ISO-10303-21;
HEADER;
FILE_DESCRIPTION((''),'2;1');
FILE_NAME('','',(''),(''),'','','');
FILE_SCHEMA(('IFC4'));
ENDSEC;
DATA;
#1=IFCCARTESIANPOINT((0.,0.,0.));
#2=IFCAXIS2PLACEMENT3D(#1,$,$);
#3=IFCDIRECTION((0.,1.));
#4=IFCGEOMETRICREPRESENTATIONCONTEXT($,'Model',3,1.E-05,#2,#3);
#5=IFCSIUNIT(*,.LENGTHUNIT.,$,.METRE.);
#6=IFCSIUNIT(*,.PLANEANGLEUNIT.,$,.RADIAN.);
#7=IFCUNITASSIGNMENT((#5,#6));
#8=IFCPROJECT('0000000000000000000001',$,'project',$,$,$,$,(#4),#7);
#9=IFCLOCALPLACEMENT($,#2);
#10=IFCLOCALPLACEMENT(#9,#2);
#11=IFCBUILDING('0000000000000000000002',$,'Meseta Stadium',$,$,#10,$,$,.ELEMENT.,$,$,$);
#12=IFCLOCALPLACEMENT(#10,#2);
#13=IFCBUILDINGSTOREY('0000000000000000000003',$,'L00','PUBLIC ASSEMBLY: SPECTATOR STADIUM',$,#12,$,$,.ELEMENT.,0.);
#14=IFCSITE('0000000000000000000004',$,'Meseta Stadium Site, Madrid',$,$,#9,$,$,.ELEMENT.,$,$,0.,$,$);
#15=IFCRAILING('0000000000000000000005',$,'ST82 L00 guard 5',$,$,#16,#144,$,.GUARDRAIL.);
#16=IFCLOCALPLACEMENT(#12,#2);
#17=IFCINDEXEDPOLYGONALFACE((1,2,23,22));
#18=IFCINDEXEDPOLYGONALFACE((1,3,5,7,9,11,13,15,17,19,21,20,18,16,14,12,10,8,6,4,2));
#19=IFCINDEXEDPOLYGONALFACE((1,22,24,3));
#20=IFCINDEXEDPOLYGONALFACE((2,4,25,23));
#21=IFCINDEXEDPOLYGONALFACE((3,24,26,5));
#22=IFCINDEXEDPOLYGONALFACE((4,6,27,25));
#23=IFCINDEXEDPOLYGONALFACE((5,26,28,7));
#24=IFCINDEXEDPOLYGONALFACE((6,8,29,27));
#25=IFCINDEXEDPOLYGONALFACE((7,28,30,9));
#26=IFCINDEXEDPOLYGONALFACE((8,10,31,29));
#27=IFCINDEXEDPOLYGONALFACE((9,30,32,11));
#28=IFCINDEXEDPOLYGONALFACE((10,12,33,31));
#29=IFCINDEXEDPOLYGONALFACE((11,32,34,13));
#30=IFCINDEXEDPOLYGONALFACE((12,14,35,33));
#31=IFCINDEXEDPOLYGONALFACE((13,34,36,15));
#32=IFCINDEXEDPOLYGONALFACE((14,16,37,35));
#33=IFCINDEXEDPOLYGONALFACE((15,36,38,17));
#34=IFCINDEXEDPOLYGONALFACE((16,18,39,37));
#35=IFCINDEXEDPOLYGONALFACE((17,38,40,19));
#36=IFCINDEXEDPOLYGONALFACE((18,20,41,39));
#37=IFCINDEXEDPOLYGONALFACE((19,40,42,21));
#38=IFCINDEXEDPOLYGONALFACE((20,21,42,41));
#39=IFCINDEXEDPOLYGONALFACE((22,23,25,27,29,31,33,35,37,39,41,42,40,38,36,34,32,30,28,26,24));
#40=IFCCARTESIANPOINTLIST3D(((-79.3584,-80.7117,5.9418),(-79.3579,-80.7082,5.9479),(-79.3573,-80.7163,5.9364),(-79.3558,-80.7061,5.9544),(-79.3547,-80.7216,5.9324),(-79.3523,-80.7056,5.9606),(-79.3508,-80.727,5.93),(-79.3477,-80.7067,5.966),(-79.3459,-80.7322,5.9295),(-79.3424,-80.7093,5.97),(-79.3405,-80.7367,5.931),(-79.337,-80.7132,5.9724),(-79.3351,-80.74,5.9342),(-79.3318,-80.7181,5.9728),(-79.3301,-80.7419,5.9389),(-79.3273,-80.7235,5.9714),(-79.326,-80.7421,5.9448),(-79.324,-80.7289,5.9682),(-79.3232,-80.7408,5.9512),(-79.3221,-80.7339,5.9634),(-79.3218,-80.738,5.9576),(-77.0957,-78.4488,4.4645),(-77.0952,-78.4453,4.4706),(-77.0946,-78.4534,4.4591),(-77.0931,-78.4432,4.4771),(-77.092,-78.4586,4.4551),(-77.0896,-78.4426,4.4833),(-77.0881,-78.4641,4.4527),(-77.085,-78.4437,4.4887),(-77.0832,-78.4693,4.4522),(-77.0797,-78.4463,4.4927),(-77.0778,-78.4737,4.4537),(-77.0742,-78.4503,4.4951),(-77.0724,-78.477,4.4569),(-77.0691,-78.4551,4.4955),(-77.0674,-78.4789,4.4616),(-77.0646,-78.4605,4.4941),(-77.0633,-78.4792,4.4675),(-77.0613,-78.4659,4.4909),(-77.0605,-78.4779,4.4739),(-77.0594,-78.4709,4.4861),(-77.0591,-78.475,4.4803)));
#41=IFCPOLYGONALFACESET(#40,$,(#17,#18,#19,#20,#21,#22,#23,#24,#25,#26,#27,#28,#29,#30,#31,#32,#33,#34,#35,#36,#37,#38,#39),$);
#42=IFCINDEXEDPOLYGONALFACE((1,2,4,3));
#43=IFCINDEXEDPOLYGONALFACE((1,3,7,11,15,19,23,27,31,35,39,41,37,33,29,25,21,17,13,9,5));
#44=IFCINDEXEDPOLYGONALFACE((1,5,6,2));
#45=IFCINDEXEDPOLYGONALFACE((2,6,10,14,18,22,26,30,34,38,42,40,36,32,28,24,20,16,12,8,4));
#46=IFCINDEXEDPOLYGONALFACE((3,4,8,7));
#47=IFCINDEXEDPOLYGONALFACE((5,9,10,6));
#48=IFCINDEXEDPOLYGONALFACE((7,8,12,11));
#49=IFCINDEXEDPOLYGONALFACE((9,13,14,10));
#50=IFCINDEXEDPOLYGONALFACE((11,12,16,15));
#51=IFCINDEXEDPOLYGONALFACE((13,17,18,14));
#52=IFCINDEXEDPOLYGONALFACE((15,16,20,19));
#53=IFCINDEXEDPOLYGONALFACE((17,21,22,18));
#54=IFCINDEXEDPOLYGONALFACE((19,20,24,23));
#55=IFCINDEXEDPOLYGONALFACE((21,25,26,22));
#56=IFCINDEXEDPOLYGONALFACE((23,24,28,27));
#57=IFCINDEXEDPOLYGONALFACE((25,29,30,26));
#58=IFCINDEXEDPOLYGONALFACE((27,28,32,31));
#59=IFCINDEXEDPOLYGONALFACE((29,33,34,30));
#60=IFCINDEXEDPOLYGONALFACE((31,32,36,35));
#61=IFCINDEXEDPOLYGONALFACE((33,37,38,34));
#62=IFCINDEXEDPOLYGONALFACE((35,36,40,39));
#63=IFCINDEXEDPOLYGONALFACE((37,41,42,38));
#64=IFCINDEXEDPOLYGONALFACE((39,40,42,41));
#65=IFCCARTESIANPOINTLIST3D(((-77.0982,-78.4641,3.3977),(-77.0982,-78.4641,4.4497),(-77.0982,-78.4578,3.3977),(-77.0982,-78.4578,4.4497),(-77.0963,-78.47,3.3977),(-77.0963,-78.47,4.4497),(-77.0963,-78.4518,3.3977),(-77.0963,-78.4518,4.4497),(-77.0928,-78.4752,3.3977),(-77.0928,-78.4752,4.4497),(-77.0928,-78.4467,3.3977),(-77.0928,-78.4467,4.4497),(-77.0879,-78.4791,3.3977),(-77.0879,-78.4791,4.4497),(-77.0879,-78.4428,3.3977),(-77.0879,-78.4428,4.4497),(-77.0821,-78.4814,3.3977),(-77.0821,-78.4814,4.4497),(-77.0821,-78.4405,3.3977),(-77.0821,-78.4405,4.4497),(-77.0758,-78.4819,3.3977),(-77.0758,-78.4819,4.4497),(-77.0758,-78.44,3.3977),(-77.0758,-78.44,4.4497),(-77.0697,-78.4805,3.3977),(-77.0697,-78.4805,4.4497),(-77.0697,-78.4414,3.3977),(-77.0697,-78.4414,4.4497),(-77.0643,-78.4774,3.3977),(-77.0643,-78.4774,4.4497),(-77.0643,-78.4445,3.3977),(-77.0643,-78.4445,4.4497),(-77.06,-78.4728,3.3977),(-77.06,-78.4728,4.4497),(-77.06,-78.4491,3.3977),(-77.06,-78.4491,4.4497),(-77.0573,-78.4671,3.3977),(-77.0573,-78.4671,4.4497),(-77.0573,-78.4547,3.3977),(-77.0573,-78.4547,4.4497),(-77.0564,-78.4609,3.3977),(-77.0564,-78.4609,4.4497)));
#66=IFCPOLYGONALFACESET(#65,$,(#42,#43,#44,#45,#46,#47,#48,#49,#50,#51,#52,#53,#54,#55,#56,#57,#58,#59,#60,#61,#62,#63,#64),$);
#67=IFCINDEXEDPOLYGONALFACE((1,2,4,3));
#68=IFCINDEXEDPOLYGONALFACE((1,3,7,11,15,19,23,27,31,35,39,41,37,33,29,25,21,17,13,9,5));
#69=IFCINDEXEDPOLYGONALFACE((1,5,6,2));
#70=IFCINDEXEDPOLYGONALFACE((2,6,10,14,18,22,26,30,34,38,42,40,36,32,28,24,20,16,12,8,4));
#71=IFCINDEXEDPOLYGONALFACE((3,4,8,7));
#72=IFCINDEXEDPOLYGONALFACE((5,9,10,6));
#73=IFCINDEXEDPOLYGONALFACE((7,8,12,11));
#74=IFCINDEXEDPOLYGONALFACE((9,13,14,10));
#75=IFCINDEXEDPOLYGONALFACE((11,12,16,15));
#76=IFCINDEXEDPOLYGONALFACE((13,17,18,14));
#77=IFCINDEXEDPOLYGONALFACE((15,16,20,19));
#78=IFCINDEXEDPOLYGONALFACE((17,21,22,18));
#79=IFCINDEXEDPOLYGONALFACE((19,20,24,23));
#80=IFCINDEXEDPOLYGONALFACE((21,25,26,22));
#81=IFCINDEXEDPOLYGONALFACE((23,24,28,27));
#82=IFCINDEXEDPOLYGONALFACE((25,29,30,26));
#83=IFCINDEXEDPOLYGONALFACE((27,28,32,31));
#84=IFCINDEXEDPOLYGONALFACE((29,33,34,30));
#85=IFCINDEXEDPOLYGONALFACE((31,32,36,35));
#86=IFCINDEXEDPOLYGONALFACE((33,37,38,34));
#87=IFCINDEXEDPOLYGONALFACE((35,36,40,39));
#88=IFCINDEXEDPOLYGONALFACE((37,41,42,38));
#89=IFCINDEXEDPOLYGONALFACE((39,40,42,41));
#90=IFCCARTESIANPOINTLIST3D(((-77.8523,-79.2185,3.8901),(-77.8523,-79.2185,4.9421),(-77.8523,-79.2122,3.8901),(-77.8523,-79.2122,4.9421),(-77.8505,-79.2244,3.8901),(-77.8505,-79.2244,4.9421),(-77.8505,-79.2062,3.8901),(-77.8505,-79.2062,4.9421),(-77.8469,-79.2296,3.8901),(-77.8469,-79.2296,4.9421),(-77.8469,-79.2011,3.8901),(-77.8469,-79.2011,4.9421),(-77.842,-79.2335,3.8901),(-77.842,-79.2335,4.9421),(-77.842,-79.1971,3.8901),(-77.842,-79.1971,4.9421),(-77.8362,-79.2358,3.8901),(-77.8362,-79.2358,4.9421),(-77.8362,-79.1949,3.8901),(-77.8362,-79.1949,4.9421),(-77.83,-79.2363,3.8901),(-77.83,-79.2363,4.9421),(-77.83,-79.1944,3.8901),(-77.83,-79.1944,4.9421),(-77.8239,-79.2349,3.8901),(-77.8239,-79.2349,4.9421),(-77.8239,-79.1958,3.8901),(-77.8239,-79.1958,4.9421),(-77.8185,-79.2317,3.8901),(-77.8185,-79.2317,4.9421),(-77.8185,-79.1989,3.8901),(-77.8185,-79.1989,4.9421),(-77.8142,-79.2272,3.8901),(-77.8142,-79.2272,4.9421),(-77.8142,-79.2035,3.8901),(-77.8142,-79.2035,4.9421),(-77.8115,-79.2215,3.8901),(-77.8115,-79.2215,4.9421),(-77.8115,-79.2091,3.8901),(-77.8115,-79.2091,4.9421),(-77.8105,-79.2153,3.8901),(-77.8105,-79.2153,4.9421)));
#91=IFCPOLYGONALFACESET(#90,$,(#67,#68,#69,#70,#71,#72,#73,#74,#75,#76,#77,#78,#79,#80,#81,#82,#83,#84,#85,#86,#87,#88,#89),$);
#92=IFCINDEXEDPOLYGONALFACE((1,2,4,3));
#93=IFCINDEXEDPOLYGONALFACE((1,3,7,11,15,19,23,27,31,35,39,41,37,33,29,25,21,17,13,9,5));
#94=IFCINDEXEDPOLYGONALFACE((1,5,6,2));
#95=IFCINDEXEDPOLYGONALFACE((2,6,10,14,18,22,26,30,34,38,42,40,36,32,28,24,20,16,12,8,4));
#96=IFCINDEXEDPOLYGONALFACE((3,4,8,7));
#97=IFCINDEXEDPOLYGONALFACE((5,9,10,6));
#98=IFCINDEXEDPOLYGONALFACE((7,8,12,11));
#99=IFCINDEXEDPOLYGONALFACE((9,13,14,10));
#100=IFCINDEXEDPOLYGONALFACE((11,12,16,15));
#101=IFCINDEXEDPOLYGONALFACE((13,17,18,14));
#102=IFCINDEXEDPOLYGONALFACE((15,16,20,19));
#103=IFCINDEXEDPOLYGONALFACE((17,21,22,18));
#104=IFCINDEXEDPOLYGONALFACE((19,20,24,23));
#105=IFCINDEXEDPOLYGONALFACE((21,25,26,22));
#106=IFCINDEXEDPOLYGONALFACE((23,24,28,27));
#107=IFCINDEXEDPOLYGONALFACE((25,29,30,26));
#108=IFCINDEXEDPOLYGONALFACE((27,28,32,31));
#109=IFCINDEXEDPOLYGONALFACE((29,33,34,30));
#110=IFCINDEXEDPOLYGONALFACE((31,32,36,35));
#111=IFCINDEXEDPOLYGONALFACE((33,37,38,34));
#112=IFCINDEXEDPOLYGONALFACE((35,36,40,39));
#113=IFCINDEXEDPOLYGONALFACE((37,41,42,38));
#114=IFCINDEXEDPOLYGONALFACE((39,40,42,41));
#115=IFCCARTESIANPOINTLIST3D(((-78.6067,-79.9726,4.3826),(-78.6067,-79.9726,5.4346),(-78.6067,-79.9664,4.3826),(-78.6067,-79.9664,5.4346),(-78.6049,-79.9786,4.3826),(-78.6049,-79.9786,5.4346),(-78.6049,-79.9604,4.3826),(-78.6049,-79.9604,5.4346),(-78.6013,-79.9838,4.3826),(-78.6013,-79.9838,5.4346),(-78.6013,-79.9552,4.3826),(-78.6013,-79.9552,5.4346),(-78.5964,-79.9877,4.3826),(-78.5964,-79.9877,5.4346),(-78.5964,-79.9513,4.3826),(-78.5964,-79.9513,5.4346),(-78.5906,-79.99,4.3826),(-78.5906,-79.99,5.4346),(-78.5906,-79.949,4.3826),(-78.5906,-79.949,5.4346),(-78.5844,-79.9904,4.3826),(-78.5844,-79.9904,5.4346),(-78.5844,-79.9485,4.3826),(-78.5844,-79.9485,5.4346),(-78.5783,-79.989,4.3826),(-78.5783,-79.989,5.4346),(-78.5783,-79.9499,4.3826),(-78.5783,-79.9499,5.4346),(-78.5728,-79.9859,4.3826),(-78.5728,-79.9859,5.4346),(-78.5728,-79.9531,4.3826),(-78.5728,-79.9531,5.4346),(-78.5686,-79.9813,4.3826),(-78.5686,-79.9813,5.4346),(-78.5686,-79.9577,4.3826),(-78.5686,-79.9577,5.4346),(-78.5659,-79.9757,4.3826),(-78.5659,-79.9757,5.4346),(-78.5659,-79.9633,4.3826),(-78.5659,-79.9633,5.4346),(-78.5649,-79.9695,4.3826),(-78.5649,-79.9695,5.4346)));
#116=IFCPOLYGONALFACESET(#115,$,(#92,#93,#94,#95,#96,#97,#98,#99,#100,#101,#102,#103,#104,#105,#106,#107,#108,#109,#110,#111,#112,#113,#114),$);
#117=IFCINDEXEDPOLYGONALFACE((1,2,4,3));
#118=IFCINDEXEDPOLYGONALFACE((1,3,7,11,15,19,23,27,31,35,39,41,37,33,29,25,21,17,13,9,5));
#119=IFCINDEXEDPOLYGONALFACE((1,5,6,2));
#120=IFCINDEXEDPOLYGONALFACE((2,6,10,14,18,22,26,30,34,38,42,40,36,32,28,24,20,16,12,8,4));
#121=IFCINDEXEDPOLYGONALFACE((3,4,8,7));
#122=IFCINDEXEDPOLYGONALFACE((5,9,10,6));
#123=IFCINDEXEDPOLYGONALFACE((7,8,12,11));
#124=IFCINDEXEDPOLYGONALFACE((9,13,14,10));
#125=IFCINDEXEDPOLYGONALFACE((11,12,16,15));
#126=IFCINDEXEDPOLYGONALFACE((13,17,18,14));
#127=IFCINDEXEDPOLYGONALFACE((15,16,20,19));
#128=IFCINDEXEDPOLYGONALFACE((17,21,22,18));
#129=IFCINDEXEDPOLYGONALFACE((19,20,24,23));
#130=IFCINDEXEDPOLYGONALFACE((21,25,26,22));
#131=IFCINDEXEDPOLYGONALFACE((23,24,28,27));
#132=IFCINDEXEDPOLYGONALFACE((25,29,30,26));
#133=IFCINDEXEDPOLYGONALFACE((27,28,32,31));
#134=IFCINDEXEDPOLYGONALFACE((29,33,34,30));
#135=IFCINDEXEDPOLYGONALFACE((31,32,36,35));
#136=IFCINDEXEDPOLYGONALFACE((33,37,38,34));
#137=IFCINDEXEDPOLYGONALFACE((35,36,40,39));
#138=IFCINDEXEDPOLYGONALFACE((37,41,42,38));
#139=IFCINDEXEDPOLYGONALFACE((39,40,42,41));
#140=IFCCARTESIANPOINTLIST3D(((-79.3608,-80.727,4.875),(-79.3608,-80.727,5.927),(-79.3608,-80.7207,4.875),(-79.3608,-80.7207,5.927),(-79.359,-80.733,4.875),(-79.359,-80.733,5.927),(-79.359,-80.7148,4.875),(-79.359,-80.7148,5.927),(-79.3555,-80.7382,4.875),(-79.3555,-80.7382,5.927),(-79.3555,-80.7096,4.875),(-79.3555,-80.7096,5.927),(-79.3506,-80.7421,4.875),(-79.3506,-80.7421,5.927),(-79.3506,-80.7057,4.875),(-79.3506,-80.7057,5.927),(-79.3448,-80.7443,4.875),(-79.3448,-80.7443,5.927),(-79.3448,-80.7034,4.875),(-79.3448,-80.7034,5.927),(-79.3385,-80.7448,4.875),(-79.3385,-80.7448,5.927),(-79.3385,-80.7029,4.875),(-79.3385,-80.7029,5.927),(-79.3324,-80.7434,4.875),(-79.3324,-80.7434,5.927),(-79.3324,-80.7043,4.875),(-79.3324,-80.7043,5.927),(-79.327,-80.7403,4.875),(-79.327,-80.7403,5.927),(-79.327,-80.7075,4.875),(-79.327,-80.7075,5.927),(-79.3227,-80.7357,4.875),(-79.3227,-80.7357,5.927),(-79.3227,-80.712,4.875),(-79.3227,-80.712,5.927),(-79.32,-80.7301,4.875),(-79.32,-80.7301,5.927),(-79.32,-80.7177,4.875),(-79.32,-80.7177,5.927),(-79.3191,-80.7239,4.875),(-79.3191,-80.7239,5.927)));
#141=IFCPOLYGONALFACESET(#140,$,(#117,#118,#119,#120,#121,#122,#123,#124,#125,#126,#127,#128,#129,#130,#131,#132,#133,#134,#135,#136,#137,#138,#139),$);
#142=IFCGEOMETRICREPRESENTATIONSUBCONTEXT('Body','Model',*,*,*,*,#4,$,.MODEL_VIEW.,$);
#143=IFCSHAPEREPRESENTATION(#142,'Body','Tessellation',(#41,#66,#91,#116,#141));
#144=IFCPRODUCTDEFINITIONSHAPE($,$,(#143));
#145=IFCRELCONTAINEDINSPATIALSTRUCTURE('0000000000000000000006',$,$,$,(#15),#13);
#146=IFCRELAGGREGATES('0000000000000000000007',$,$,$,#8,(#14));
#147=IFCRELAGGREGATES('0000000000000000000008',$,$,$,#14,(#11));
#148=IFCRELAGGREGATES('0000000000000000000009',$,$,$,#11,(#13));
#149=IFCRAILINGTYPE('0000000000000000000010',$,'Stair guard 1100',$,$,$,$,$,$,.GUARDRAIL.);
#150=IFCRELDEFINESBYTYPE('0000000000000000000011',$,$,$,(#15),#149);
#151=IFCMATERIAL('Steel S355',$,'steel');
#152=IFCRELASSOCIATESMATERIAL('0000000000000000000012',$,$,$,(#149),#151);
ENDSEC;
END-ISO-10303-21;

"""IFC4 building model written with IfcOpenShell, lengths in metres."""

from ifc_helpers import new_model, si_unit, direction, frame, origin, origin_2d, place, context, subcontext, project, spatial, circle, extrude, material, type_object, element, save


model = new_model("IFC4")

# Units and contexts
model_context = context("Model", 3, precision=1e-05, world=origin(), true_north=direction((0.0, 1.0)))
body_context = subcontext(model_context, "Body", "Model", "MODEL_VIEW")
ifc_project = project(units=[si_unit("LENGTHUNIT", "METRE"), si_unit("PLANEANGLEUNIT", "RADIAN")], contexts=[model_context])

# Site, building, storey
site_placement = place(None, origin())
site = spatial("IfcSite", under=ifc_project, at=site_placement, Name="Meseta Stadium Site, Madrid", CompositionType="ELEMENT", RefElevation=0.0)
building_placement = place(site_placement, origin())
building = spatial("IfcBuilding", under=site, at=building_placement, Name="Meseta Stadium", CompositionType="ELEMENT")
storey_placement = place(building_placement, origin())
storey = spatial("IfcBuildingStorey", under=building, at=storey_placement, Name="L00", Description="PUBLIC ASSEMBLY: SPECTATOR STADIUM", CompositionType="ELEMENT", Elevation=0.0)

# Railing
ifc_material_1 = material(Name="Steel S355", Category="steel")
railing_type_1 = type_object("IfcRailingType", Name="Stair guard 1100", PredefinedType="GUARDRAIL", material=ifc_material_1)
railing_1_placement = place(storey_placement, frame((-77.0774, -78.4609, 3.3977)))
element("IfcRailing", 1, at=railing_1_placement, inside=storey, type_object=railing_type_1, Name="ST82 L00 guard 5", PredefinedType="GUARDRAIL", context=body_context, shape_type="SweptSolid", body=[
    extrude(circle(Radius=0.0239, at=origin_2d()), frame((0.0, 0.0, 1.0762), z_axis=(-0.641965, -0.642034, 0.419134), x_axis=(0.707145, -0.707069, 0.0)), (0.0, 0.0, 1.0), 3.5247),
    extrude(circle(Radius=0.021, at=origin_2d()), origin(), (0.0, 0.0, 1.0), 1.052),
    extrude(circle(Radius=0.021, at=origin_2d()), frame((-0.7542, -0.7544, 0.4924)), (0.0, 0.0, 1.0), 1.052),
    extrude(circle(Radius=0.021, at=origin_2d()), frame((-1.5085, -1.5085, 0.9849)), (0.0, 0.0, 1.0), 1.052),
    extrude(circle(Radius=0.021, at=origin_2d()), frame((-2.2627, -2.2629, 1.4773)), (0.0, 0.0, 1.0), 1.052),
])

save(model, "model.ifc")
